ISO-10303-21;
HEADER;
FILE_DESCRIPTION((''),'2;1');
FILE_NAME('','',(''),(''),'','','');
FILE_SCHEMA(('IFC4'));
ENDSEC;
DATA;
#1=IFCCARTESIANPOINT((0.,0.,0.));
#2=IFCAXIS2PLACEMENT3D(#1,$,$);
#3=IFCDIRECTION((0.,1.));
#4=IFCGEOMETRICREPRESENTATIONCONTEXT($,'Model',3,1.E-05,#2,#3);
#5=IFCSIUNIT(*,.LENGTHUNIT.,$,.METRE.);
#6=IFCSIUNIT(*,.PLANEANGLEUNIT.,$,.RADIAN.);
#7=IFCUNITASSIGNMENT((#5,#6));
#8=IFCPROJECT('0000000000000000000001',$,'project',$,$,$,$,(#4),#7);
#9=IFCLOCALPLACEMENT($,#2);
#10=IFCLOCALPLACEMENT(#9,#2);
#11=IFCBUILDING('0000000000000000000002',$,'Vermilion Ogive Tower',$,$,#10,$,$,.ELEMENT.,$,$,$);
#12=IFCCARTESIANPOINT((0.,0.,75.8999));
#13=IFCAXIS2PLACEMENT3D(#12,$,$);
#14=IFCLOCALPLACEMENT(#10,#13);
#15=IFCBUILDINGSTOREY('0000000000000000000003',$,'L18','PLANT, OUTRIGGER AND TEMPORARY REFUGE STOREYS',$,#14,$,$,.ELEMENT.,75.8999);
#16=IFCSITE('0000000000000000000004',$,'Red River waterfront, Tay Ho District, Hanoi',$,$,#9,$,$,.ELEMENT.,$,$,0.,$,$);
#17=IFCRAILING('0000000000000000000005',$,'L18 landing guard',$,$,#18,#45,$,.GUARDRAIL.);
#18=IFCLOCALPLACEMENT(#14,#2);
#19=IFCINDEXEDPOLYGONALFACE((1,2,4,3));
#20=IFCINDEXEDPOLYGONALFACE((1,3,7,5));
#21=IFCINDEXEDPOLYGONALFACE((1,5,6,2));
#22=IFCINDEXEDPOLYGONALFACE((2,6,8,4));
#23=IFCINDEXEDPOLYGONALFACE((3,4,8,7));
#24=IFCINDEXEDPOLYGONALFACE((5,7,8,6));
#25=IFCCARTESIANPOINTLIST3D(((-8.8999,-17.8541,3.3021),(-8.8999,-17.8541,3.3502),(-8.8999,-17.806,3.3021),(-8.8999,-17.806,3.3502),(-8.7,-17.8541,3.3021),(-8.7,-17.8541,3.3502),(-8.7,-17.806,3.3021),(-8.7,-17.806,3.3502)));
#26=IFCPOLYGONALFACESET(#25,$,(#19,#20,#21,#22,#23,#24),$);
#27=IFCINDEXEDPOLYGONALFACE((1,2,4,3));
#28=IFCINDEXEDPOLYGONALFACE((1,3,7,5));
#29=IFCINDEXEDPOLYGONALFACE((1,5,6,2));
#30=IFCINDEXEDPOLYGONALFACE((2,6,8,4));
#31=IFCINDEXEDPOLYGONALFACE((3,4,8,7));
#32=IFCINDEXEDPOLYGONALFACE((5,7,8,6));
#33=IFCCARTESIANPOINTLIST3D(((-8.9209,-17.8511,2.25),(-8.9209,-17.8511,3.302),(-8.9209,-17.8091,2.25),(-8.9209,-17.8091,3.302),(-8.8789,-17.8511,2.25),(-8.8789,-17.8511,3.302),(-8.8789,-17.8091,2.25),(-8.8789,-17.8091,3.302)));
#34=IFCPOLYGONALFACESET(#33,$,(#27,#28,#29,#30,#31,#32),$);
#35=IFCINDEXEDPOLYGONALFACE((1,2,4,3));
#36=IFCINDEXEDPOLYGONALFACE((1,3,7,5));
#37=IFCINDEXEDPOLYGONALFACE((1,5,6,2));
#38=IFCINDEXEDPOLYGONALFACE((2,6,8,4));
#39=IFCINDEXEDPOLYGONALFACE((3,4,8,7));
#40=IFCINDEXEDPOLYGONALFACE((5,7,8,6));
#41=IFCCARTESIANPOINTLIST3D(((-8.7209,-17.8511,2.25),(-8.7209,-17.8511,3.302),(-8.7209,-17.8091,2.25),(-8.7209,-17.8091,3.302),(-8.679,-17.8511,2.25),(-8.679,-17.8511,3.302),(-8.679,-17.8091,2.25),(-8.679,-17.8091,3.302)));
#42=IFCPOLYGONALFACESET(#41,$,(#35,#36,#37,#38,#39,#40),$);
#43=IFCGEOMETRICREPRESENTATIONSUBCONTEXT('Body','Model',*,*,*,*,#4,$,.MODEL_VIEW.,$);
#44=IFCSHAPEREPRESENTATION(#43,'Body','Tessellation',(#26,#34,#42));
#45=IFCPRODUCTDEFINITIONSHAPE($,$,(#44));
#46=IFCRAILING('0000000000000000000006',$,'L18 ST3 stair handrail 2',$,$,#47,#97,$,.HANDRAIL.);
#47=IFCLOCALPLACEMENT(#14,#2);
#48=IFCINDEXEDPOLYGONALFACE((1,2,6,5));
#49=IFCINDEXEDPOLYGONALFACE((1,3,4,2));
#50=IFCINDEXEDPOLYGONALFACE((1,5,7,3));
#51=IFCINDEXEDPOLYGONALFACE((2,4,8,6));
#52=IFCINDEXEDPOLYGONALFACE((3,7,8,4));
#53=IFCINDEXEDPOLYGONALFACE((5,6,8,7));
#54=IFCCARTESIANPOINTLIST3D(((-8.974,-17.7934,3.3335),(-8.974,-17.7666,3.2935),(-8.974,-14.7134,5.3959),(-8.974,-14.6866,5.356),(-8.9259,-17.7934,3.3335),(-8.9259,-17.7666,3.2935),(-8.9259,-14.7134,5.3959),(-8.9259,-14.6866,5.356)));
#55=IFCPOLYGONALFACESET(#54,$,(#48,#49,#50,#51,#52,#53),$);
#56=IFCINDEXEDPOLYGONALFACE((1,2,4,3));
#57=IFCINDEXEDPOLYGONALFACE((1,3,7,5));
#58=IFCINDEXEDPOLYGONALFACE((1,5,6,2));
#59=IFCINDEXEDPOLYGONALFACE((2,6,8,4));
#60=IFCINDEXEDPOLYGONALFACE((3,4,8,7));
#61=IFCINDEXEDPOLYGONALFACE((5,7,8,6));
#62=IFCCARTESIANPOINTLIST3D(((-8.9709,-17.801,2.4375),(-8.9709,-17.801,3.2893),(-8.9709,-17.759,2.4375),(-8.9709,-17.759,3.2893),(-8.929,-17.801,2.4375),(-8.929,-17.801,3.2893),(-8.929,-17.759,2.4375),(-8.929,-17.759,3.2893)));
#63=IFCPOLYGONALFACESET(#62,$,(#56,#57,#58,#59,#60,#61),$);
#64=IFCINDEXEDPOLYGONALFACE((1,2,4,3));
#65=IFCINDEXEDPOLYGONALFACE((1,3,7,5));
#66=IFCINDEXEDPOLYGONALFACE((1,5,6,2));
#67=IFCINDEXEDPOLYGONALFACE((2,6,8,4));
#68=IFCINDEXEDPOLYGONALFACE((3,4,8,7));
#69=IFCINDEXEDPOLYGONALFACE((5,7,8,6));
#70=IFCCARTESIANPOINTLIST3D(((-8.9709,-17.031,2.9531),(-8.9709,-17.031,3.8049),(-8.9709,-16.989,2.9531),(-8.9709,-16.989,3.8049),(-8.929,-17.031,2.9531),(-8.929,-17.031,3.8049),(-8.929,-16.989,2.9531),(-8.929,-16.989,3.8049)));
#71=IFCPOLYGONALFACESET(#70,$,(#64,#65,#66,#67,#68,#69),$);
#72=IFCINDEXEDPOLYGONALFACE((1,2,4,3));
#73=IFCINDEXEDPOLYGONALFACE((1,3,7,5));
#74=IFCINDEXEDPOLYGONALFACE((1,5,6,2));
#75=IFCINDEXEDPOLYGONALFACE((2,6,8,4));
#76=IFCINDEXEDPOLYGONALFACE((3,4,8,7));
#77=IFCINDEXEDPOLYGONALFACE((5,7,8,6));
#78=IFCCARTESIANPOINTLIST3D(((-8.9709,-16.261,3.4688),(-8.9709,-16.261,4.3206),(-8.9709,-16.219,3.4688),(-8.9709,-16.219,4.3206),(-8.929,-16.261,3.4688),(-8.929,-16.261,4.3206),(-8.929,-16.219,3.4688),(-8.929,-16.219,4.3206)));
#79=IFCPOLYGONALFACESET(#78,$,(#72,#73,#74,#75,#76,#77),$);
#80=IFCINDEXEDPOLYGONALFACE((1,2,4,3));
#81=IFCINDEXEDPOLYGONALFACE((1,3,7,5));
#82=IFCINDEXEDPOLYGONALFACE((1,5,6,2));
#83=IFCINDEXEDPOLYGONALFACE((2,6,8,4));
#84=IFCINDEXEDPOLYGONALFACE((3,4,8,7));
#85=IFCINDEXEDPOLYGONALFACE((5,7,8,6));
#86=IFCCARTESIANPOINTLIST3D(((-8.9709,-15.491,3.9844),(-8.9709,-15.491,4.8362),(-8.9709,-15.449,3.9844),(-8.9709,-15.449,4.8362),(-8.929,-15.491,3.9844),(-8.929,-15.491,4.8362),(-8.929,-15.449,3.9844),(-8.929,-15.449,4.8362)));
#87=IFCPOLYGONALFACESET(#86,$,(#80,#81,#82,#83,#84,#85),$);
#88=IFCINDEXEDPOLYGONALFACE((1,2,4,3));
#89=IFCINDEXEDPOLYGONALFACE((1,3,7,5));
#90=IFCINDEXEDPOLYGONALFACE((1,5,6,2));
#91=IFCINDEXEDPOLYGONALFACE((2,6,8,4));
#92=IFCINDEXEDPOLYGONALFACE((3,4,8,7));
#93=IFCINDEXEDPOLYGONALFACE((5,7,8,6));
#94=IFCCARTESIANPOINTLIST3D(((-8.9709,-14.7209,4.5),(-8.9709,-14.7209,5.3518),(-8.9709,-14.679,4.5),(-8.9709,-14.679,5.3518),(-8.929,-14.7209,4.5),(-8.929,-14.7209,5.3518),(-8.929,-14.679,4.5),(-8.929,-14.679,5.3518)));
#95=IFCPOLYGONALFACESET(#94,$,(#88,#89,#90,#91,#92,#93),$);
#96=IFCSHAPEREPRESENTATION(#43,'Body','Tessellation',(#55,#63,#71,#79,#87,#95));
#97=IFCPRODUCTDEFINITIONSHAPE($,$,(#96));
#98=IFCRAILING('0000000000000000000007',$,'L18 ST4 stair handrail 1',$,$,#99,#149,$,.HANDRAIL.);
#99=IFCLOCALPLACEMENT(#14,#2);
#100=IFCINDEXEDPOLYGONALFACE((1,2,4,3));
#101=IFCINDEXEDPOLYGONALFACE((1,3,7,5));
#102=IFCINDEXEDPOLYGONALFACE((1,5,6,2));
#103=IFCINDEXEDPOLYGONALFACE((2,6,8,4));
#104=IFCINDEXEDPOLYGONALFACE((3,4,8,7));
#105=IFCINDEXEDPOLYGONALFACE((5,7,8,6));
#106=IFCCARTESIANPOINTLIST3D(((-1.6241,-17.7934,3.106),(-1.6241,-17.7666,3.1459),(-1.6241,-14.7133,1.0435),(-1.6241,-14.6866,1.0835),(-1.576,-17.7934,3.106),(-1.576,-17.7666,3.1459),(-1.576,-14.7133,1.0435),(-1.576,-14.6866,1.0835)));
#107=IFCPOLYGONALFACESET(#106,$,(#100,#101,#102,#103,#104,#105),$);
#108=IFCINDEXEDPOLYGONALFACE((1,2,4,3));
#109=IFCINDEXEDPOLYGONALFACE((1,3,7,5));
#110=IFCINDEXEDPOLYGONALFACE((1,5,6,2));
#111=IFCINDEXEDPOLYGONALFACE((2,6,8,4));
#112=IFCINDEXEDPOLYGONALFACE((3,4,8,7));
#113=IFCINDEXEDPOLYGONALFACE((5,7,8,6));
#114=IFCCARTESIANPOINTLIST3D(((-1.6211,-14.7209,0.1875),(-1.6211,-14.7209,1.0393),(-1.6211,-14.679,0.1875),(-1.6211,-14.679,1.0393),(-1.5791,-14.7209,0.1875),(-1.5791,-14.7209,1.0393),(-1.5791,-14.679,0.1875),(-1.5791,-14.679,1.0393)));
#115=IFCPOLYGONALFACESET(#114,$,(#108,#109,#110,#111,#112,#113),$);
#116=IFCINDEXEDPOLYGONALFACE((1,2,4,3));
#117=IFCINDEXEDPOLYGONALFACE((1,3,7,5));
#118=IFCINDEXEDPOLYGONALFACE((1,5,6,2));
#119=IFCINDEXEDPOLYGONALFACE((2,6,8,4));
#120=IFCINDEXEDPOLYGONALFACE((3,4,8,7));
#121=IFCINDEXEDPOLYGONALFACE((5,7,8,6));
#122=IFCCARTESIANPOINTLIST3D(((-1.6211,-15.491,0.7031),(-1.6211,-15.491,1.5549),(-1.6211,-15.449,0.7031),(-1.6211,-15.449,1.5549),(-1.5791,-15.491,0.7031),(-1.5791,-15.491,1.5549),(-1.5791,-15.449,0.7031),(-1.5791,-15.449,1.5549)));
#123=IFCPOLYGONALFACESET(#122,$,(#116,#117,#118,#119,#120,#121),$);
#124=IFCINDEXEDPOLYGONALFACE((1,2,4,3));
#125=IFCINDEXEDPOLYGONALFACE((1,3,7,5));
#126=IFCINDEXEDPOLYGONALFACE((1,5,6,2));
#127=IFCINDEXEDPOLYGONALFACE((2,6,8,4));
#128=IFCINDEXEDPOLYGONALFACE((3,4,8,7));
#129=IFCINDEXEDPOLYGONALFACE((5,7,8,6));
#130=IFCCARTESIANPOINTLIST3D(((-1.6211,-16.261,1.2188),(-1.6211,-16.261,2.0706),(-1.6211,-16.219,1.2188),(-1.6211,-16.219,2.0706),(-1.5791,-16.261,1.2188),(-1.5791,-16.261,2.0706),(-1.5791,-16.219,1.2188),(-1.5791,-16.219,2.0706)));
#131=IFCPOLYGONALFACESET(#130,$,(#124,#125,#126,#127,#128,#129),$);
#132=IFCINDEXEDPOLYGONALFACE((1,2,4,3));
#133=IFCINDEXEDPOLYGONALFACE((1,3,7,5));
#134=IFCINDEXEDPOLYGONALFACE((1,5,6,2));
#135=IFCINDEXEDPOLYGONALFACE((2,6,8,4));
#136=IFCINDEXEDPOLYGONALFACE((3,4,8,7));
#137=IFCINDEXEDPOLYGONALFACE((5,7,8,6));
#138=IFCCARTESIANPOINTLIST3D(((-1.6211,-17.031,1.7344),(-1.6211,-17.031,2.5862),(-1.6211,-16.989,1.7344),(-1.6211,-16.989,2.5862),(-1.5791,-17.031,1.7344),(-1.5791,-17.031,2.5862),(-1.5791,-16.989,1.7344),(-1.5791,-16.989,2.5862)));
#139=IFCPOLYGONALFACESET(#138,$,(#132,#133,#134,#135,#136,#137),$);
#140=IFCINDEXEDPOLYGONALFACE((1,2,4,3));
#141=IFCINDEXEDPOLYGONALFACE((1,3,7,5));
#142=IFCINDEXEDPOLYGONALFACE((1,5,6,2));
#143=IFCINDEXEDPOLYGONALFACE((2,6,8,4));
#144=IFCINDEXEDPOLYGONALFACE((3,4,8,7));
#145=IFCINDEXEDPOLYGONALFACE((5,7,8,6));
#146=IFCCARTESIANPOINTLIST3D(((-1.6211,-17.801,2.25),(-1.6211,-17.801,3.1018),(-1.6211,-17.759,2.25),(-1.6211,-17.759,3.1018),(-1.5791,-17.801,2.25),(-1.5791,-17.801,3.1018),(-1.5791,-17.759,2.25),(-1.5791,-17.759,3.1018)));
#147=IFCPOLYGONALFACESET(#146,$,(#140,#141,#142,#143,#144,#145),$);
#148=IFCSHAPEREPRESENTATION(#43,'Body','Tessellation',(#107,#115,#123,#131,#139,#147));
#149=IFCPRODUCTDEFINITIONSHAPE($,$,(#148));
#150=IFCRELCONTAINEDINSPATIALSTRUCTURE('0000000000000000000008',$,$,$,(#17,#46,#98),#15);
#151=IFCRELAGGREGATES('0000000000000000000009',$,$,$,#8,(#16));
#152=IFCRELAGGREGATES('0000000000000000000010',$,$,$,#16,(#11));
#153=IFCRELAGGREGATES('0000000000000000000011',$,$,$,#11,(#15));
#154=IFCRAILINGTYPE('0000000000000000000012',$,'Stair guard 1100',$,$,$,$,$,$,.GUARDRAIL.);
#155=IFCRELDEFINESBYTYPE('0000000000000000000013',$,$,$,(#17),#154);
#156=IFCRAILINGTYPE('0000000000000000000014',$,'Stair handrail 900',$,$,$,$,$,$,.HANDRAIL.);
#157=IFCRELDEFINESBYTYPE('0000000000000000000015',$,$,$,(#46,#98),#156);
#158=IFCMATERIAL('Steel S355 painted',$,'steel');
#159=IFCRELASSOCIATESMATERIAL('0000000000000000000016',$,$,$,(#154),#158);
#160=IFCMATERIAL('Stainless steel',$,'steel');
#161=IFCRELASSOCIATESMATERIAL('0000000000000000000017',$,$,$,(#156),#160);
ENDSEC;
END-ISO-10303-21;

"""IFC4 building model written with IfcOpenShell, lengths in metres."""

from ifc_helpers import new_model, si_unit, direction, frame, origin, origin_2d, place, context, subcontext, project, spatial, rectangle, extrude, material, type_object, element, save


model = new_model("IFC4")

# Units and contexts
model_context = context("Model", 3, precision=1e-05, world=origin(), true_north=direction((0.0, 1.0)))
body_context = subcontext(model_context, "Body", "Model", "MODEL_VIEW")
ifc_project = project(units=[si_unit("LENGTHUNIT", "METRE"), si_unit("PLANEANGLEUNIT", "RADIAN")], contexts=[model_context])

# Site, building, storey
site_placement = place(None, origin())
site = spatial("IfcSite", under=ifc_project, at=site_placement, Name="Red River waterfront, Tay Ho District, Hanoi", CompositionType="ELEMENT", RefElevation=0.0)
building_placement = place(site_placement, origin())
building = spatial("IfcBuilding", under=site, at=building_placement, Name="Vermilion Ogive Tower", CompositionType="ELEMENT")
storey_placement = place(building_placement, frame((0.0, 0.0, 75.8999)))
storey = spatial("IfcBuildingStorey", under=building, at=storey_placement, Name="L18", Description="PLANT, OUTRIGGER AND TEMPORARY REFUGE STOREYS", CompositionType="ELEMENT", Elevation=75.8999)

# Railings
ifc_material_1 = material(Name="Steel S355 painted", Category="steel")
railing_type_1 = type_object("IfcRailingType", Name="Stair guard 1100", PredefinedType="GUARDRAIL", material=ifc_material_1)
railing_1_placement = place(storey_placement, frame((-8.8999, -17.8301, 2.25)))
element("IfcRailing", 1, at=railing_1_placement, inside=storey, type_object=railing_type_1, Name="L18 landing guard", PredefinedType="GUARDRAIL", context=body_context, shape_type="SweptSolid", body=[
    extrude(rectangle(XDim=0.0481, YDim=0.0481, at=origin_2d()), frame((0.0, 0.0, 1.0762), z_axis=(1.0, 0.0, 0.0), x_axis=(0.0, 1.0, 0.0)), (0.0, 0.0, 1.0), 0.2),
    extrude(rectangle(XDim=0.042, YDim=0.042, at=origin_2d()), origin(), (0.0, 0.0, 1.0), 1.052),
    extrude(rectangle(XDim=0.042, YDim=0.042, at=origin_2d()), frame((0.2, 0.0, 0.0)), (0.0, 0.0, 1.0), 1.052),
])
ifc_material_2 = material(Name="Stainless steel", Category="steel")
railing_type_2 = type_object("IfcRailingType", Name="Stair handrail 900", PredefinedType="HANDRAIL", material=ifc_material_2)
railing_2_placement = place(storey_placement, frame((-8.95, -17.78, 2.4375)))
element("IfcRailing", 2, at=railing_2_placement, inside=storey, type_object=railing_type_2, Name="L18 ST3 stair handrail 2", PredefinedType="HANDRAIL", context=body_context, shape_type="SweptSolid", body=[
    extrude(rectangle(XDim=0.0481, YDim=0.0481, at=origin_2d()), frame((0.0, 0.0, 0.876), z_axis=(0.0, 0.830914, 0.556401), x_axis=(-1.0, 0.0, 0.0)), (0.0, 0.0, 1.0), 3.7068),
    extrude(rectangle(XDim=0.042, YDim=0.042, at=origin_2d()), origin(), (0.0, 0.0, 1.0), 0.8518),
    extrude(rectangle(XDim=0.042, YDim=0.042, at=origin_2d()), frame((0.0, 0.77, 0.5156)), (0.0, 0.0, 1.0), 0.8518),
    extrude(rectangle(XDim=0.042, YDim=0.042, at=origin_2d()), frame((0.0, 1.54, 1.0312)), (0.0, 0.0, 1.0), 0.8518),
    extrude(rectangle(XDim=0.042, YDim=0.042, at=origin_2d()), frame((0.0, 2.3101, 1.5469)), (0.0, 0.0, 1.0), 0.8518),
    extrude(rectangle(XDim=0.042, YDim=0.042, at=origin_2d()), frame((0.0, 3.0801, 2.0625)), (0.0, 0.0, 1.0), 0.8518),
])
railing_3_placement = place(storey_placement, frame((-1.6001, -14.7, 0.1875)))
element("IfcRailing", 3, at=railing_3_placement, inside=storey, type_object=railing_type_2, Name="L18 ST4 stair handrail 1", PredefinedType="HANDRAIL", context=body_context, shape_type="SweptSolid", body=[
    extrude(rectangle(XDim=0.0481, YDim=0.0481, at=origin_2d()), frame((0.0, 0.0, 0.876), z_axis=(0.0, -0.830914, 0.556401), x_axis=(1.0, 0.0, 0.0)), (0.0, 0.0, 1.0), 3.7068),
    extrude(rectangle(XDim=0.042, YDim=0.042, at=origin_2d()), origin(), (0.0, 0.0, 1.0), 0.8518),
    extrude(rectangle(XDim=0.042, YDim=0.042, at=origin_2d()), frame((0.0, -0.77, 0.5156)), (0.0, 0.0, 1.0), 0.8518),
    extrude(rectangle(XDim=0.042, YDim=0.042, at=origin_2d()), frame((0.0, -1.54, 1.0312)), (0.0, 0.0, 1.0), 0.8518),
    extrude(rectangle(XDim=0.042, YDim=0.042, at=origin_2d()), frame((0.0, -2.3101, 1.5469)), (0.0, 0.0, 1.0), 0.8518),
    extrude(rectangle(XDim=0.042, YDim=0.042, at=origin_2d()), frame((0.0, -3.0801, 2.0625)), (0.0, 0.0, 1.0), 0.8518),
])

save(model, "model.ifc")
